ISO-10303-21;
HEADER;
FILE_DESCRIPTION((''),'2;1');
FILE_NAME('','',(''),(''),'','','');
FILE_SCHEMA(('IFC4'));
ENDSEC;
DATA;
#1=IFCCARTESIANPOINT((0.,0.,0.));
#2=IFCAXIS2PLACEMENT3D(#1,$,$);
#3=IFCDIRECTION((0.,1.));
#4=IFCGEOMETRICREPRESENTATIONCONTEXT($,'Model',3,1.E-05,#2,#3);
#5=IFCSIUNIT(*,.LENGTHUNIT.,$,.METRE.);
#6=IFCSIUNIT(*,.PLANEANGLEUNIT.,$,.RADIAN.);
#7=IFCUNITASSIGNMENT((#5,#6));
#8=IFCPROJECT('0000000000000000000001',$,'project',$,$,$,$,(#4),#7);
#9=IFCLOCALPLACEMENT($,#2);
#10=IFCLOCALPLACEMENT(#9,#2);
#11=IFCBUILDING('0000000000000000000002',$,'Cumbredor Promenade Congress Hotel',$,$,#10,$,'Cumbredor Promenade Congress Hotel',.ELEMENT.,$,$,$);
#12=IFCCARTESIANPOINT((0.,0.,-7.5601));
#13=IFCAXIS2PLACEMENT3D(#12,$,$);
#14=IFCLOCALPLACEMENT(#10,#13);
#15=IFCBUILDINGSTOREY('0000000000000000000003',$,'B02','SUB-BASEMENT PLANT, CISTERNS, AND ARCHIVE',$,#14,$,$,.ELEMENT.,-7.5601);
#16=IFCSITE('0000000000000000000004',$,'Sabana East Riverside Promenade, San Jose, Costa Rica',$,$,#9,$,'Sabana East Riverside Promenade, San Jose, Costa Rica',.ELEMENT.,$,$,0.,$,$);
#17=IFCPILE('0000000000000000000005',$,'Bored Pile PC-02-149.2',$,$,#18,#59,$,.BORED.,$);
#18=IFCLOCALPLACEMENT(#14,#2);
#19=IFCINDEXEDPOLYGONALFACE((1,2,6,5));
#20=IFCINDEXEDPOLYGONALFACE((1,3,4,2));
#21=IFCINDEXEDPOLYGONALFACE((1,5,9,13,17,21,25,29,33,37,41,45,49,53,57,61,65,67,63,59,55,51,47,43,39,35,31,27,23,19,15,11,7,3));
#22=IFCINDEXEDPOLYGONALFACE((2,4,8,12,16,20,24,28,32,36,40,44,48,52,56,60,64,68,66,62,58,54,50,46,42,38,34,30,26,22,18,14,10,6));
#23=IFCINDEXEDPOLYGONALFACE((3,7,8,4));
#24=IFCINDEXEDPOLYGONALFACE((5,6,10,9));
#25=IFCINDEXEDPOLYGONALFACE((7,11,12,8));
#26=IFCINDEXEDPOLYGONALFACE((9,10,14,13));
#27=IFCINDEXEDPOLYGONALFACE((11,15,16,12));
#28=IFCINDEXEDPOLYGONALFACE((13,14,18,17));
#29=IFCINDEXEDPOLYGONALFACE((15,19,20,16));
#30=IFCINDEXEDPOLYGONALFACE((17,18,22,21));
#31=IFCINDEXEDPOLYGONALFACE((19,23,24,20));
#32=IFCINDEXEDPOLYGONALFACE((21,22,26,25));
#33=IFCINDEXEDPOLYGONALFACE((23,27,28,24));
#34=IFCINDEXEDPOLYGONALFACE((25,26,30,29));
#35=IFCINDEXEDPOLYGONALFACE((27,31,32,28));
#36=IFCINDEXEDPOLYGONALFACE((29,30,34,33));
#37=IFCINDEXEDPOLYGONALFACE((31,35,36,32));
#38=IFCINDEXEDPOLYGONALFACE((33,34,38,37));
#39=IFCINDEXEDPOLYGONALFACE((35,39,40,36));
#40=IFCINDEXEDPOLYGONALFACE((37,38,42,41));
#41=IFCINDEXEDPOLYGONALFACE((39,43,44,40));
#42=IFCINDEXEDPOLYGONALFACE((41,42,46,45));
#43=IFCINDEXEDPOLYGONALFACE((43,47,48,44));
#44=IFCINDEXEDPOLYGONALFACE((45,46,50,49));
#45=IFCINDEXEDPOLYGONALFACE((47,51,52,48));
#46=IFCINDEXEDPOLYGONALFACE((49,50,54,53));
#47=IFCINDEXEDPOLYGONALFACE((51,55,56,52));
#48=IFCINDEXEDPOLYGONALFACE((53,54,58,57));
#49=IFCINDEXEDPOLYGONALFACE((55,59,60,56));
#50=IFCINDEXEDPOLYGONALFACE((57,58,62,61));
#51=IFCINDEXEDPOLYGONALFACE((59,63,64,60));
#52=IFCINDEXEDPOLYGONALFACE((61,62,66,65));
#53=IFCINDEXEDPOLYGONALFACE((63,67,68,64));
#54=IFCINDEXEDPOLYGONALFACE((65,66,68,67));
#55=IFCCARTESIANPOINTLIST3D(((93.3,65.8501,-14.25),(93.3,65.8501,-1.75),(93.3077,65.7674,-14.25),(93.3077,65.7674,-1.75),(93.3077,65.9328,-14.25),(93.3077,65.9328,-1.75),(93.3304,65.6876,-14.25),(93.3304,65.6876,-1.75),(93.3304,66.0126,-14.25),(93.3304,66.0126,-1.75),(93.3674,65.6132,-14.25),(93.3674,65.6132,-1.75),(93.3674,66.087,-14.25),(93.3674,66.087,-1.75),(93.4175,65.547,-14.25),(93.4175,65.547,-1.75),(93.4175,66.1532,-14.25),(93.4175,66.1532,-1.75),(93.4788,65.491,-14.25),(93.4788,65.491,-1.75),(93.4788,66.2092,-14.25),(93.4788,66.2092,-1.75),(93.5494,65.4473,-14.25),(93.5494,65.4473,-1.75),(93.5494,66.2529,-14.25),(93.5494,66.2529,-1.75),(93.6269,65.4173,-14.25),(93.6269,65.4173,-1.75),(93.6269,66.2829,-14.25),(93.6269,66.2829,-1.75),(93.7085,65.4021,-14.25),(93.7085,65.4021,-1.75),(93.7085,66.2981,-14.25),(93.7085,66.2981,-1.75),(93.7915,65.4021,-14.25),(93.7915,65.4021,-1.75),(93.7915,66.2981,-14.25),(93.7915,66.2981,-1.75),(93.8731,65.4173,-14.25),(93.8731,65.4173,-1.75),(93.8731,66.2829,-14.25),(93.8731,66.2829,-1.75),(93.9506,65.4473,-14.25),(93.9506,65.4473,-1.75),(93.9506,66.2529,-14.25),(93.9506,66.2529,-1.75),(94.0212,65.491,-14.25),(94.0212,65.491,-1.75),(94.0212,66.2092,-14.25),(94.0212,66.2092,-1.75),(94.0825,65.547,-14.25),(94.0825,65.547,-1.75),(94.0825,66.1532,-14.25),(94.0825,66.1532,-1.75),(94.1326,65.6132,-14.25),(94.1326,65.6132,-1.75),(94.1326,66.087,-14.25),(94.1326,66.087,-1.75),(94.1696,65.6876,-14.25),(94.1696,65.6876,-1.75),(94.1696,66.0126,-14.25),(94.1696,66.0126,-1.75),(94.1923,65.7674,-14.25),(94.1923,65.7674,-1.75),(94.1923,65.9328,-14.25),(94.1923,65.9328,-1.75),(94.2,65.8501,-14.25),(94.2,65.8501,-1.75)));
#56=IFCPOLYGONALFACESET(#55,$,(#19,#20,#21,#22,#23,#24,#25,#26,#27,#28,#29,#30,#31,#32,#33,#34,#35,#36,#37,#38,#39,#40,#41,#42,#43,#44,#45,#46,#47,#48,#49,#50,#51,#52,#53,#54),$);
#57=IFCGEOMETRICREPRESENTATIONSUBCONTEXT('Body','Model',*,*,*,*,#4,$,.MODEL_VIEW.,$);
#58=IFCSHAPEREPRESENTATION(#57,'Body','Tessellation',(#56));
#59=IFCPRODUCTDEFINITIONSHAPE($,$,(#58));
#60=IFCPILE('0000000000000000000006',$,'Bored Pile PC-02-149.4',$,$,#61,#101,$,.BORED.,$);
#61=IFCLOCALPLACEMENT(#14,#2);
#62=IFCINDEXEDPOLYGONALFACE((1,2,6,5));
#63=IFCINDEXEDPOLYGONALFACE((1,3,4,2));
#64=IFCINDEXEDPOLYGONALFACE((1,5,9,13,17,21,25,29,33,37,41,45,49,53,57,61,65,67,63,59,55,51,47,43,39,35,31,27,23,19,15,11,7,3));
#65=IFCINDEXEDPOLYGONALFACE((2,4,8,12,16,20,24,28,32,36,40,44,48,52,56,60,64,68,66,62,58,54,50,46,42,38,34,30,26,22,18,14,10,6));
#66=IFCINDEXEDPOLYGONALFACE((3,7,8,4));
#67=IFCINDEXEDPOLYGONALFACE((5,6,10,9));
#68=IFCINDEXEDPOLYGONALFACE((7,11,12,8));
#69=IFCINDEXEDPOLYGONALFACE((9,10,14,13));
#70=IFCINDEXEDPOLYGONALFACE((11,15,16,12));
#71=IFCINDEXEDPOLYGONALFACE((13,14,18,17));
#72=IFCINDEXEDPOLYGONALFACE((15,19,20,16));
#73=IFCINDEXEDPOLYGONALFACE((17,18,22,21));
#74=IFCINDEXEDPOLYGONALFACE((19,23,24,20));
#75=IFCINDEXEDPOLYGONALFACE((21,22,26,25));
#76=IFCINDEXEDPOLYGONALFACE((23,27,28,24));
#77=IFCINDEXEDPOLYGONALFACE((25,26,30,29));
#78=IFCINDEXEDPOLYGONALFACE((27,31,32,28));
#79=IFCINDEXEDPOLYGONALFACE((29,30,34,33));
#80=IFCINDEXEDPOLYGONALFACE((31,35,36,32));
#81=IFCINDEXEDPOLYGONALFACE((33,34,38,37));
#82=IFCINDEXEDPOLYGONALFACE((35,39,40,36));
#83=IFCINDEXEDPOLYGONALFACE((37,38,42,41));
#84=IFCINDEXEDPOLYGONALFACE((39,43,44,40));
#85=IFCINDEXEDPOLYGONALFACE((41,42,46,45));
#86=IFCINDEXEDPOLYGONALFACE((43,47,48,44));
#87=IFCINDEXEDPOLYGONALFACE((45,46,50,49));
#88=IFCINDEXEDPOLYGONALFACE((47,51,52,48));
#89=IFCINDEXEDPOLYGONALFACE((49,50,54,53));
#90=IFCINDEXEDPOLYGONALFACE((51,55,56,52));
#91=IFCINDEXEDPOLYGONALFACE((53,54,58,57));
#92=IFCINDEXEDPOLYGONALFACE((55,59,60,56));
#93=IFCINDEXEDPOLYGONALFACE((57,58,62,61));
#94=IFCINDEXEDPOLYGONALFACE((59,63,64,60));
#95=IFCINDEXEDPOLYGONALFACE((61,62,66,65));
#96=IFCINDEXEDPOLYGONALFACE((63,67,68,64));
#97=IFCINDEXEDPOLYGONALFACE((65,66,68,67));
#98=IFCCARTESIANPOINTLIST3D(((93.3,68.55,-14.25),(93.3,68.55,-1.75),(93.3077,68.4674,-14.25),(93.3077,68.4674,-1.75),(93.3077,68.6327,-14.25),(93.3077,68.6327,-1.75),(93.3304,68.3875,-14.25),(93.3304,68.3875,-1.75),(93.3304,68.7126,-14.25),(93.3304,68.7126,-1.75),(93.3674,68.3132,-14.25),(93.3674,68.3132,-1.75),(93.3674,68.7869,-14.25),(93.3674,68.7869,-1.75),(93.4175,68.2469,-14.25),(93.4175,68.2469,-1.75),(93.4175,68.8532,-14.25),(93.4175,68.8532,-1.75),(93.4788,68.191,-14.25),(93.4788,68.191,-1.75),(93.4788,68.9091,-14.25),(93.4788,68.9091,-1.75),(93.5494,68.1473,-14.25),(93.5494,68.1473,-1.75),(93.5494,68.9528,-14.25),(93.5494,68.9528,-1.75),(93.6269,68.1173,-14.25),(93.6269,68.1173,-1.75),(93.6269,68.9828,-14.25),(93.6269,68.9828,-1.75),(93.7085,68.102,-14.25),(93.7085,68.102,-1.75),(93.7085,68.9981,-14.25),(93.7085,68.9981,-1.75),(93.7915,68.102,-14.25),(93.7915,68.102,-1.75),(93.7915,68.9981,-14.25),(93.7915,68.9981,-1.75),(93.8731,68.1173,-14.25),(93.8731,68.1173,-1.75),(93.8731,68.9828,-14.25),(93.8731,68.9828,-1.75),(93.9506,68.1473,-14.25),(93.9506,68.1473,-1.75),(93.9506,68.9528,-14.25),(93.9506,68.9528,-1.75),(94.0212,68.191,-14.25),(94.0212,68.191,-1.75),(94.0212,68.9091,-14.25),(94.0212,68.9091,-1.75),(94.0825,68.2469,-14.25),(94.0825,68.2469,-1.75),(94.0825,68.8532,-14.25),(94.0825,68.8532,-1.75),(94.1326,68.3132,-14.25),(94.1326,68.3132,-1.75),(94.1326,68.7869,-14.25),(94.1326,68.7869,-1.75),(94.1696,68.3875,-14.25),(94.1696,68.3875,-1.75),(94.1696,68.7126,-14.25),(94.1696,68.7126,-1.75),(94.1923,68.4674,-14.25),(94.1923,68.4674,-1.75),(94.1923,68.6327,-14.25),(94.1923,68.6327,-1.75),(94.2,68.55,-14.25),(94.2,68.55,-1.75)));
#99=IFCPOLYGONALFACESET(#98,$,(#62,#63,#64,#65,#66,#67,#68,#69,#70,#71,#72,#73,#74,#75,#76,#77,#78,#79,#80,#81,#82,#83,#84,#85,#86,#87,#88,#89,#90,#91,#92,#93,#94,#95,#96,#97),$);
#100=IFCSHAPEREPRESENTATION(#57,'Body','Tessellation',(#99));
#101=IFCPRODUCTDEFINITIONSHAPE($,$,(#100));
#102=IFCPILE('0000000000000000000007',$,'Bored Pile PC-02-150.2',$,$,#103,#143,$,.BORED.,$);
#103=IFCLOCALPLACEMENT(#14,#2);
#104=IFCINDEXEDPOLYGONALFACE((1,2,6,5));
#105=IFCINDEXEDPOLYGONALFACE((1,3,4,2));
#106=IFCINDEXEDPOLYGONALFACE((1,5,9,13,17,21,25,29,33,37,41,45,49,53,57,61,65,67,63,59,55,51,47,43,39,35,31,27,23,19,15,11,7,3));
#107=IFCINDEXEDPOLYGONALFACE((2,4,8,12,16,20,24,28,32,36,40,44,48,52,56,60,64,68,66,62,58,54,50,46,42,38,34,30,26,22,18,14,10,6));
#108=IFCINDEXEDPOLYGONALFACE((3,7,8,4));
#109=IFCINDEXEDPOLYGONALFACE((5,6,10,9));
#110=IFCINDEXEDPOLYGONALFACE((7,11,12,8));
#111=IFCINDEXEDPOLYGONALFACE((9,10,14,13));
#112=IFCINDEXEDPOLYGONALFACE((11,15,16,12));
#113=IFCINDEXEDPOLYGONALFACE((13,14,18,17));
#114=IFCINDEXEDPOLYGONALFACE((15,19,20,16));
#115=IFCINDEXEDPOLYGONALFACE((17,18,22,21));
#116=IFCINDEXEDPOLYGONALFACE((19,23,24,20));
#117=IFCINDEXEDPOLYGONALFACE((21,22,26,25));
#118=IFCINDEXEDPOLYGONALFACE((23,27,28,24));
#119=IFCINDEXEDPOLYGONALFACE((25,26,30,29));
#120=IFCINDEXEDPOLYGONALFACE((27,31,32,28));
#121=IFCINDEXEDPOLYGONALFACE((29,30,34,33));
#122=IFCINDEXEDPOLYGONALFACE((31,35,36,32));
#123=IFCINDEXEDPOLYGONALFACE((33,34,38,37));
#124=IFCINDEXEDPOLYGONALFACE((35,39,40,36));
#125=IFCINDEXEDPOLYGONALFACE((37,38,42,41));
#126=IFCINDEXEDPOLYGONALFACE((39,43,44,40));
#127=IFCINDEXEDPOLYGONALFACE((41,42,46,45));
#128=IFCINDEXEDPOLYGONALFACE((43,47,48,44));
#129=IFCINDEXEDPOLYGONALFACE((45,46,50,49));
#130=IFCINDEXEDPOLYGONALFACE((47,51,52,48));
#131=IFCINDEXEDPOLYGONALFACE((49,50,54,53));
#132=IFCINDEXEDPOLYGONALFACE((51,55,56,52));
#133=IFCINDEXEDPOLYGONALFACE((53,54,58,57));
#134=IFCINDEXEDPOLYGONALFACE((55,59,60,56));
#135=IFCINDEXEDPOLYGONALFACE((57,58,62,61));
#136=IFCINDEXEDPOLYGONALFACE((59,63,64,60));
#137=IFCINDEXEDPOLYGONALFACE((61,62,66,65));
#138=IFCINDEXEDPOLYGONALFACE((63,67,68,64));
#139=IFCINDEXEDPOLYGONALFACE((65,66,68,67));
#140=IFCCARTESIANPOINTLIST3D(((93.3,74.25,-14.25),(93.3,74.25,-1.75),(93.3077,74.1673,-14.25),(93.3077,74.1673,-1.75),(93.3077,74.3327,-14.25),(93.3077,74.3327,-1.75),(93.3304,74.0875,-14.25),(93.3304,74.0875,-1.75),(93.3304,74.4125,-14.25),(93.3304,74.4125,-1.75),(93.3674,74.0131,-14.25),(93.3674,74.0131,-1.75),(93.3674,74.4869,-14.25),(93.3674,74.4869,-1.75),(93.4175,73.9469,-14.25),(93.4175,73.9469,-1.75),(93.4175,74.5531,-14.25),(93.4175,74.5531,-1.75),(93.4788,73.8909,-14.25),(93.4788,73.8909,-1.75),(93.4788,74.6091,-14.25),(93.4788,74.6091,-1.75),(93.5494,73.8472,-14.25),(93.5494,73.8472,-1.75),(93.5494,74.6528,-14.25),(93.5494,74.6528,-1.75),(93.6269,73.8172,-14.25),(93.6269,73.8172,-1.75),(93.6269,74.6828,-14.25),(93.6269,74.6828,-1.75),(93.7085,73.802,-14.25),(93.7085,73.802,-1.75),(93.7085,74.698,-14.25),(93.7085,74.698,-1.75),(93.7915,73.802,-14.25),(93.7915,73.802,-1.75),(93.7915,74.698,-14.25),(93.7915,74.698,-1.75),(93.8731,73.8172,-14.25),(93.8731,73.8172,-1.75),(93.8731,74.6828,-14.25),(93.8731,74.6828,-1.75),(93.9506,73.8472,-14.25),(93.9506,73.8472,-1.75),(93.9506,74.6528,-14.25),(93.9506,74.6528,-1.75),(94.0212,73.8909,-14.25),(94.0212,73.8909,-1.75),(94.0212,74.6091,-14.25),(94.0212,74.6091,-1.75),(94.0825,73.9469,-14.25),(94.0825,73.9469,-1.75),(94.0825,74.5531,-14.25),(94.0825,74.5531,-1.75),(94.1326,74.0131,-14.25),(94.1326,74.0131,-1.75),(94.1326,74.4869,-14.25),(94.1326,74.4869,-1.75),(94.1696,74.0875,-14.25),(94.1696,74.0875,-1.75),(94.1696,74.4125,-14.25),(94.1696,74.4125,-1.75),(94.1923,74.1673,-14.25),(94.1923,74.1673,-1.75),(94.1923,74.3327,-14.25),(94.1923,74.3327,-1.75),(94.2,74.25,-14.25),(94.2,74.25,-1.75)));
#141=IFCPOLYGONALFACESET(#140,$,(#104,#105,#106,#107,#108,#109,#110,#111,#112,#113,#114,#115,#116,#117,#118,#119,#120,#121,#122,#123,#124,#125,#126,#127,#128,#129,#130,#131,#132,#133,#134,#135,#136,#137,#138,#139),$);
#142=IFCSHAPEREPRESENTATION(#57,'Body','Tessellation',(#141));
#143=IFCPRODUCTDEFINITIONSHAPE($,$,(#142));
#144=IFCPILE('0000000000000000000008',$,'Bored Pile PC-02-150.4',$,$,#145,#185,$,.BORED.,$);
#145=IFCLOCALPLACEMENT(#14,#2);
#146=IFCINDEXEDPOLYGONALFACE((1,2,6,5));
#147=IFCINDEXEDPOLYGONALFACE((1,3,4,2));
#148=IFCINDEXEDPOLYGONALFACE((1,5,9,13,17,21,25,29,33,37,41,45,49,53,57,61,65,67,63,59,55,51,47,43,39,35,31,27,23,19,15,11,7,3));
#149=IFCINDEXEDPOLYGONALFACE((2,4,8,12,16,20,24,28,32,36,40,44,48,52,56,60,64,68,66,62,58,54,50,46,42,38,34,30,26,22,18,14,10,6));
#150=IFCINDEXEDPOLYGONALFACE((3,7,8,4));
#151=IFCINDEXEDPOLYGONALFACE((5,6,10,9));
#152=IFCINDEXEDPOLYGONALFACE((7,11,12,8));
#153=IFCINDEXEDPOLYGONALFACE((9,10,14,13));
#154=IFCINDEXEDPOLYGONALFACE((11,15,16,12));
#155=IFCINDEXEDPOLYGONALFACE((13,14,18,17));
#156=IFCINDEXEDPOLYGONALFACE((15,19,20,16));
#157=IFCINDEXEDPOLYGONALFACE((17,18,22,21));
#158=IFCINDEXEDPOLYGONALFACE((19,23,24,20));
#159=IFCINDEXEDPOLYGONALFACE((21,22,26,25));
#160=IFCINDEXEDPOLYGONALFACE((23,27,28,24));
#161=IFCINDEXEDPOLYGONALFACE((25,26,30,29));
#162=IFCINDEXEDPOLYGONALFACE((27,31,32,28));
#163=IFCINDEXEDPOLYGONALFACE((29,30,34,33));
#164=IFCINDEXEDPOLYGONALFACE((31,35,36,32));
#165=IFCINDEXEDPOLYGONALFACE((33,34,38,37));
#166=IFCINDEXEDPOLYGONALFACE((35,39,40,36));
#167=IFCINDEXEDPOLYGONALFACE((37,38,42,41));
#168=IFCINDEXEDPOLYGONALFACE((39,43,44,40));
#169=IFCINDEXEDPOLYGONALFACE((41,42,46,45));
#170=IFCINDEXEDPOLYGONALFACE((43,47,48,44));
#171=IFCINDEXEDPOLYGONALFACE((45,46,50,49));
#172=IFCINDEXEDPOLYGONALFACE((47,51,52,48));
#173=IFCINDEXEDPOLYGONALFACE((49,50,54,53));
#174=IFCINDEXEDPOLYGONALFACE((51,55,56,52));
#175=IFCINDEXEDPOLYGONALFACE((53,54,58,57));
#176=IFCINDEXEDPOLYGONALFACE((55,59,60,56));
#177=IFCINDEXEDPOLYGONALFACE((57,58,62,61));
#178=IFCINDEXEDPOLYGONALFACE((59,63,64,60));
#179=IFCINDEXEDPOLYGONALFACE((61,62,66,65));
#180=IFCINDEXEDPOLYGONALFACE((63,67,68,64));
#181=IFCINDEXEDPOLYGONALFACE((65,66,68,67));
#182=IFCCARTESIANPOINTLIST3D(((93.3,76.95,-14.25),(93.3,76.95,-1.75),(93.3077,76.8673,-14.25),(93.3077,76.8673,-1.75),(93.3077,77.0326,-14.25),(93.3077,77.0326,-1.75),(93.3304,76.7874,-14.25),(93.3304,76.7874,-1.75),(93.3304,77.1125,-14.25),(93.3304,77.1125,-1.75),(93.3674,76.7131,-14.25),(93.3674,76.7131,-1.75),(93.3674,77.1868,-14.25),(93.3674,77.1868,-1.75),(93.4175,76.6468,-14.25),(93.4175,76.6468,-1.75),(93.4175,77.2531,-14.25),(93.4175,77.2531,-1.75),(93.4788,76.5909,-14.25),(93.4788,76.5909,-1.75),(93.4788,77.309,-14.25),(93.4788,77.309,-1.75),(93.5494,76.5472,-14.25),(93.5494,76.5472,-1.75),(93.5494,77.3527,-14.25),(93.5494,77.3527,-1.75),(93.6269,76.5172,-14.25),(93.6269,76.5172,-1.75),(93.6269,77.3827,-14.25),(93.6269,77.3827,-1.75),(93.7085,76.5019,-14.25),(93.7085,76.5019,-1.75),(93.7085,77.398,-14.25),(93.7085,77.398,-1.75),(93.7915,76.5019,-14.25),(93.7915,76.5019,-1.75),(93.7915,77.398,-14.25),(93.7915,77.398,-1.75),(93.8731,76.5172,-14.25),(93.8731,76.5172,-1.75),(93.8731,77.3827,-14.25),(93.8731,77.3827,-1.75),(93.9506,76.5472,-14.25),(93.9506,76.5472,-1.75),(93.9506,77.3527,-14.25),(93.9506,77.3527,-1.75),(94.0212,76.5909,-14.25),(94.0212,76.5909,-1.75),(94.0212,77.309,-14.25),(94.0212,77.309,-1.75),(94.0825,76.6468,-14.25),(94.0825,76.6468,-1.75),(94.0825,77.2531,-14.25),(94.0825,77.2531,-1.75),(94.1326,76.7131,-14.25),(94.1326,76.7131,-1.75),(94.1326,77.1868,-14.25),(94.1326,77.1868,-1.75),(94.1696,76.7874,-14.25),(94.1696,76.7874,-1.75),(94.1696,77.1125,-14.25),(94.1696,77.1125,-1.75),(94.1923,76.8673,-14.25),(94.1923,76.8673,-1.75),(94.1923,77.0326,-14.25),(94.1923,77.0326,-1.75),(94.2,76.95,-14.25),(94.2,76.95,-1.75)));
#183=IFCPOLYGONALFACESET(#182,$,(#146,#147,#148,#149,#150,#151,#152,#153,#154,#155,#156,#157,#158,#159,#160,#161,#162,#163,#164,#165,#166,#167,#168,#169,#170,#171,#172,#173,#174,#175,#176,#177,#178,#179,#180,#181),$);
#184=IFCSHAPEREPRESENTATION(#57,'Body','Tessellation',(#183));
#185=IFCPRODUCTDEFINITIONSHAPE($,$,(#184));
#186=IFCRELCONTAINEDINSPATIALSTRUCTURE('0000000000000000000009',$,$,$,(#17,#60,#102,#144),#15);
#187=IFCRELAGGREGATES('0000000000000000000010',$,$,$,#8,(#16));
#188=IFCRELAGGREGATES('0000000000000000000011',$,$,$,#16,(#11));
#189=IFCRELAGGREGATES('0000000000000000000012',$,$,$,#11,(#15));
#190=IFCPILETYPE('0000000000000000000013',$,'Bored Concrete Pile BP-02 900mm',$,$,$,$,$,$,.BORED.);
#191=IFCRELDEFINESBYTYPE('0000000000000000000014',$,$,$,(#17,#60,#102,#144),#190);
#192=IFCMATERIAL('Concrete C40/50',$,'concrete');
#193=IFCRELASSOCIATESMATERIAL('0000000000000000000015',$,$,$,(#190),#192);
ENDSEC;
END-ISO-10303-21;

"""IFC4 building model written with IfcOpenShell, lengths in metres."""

from ifc_helpers import new_model, si_unit, direction, frame, origin, origin_2d, place, context, subcontext, project, spatial, circle, extrude, material, material_profile, profile_set, type_object, element, save


model = new_model("IFC4")

# Units and contexts
model_context = context("Model", 3, precision=1e-05, world=origin(), true_north=direction((0.0, 1.0)))
body_context = subcontext(model_context, "Body", "Model", "MODEL_VIEW")
ifc_project = project(units=[si_unit("LENGTHUNIT", "METRE"), si_unit("PLANEANGLEUNIT", "RADIAN")], contexts=[model_context])

# Site, building, storey
site_placement = place(None, origin())
site = spatial("IfcSite", under=ifc_project, at=site_placement, Name="Sabana East Riverside Promenade, San Jose, Costa Rica", LongName="Sabana East Riverside Promenade, San Jose, Costa Rica", CompositionType="ELEMENT", RefElevation=0.0)
building_placement = place(site_placement, origin())
building = spatial("IfcBuilding", under=site, at=building_placement, Name="Cumbredor Promenade Congress Hotel", LongName="Cumbredor Promenade Congress Hotel", CompositionType="ELEMENT")
storey_placement = place(building_placement, frame((0.0, 0.0, -7.5601)))
storey = spatial("IfcBuildingStorey", under=building, at=storey_placement, Name="B02", Description="SUB-BASEMENT PLANT, CISTERNS, AND ARCHIVE", CompositionType="ELEMENT", Elevation=-7.5601)

# Piles
ifc_material_1 = material(Name="Concrete C40/50", Category="concrete")
ifc_material_profile_1 = material_profile(ifc_material_1, circle(Radius=0.45, at=origin_2d()), Name="PILE D900")
ifc_profile_set_1 = profile_set([ifc_material_profile_1], Name="Concrete C40/50")
pile_type = type_object("IfcPileType", Name="Bored Concrete Pile BP-02 900mm", PredefinedType="BORED", material=ifc_profile_set_1)
for number, where, z_axis, x_axis, name in (
    (1, (93.75, 65.8501, -1.75), (0.0, 0.0, -1.0), (1.0, 0.0, 0.0), "Bored Pile PC-02-149.2"),
    (2, (93.75, 68.55, -1.75), (0.0, 0.0, -1.0), (1.0, 0.0, 0.0), "Bored Pile PC-02-149.4"),
    (3, (93.75, 74.25, -1.75), (0.0, 0.0, -1.0), (1.0, 0.0, 0.0), "Bored Pile PC-02-150.2"),
    (4, (93.75, 76.95, -1.75), (0.0, 0.0, -1.0), (1.0, 0.0, 0.0), "Bored Pile PC-02-150.4"),
):
    element("IfcPile", number, at=place(storey_placement, frame(where, z_axis=z_axis, x_axis=x_axis)), inside=storey, type_object=pile_type, Name=name, PredefinedType="BORED", context=body_context, shape_type="SweptSolid", body=[
        extrude(circle(Radius=0.45, at=origin_2d()), origin(), (0.0, 0.0, 1.0), 12.5),
    ])

save(model, "model.ifc")
